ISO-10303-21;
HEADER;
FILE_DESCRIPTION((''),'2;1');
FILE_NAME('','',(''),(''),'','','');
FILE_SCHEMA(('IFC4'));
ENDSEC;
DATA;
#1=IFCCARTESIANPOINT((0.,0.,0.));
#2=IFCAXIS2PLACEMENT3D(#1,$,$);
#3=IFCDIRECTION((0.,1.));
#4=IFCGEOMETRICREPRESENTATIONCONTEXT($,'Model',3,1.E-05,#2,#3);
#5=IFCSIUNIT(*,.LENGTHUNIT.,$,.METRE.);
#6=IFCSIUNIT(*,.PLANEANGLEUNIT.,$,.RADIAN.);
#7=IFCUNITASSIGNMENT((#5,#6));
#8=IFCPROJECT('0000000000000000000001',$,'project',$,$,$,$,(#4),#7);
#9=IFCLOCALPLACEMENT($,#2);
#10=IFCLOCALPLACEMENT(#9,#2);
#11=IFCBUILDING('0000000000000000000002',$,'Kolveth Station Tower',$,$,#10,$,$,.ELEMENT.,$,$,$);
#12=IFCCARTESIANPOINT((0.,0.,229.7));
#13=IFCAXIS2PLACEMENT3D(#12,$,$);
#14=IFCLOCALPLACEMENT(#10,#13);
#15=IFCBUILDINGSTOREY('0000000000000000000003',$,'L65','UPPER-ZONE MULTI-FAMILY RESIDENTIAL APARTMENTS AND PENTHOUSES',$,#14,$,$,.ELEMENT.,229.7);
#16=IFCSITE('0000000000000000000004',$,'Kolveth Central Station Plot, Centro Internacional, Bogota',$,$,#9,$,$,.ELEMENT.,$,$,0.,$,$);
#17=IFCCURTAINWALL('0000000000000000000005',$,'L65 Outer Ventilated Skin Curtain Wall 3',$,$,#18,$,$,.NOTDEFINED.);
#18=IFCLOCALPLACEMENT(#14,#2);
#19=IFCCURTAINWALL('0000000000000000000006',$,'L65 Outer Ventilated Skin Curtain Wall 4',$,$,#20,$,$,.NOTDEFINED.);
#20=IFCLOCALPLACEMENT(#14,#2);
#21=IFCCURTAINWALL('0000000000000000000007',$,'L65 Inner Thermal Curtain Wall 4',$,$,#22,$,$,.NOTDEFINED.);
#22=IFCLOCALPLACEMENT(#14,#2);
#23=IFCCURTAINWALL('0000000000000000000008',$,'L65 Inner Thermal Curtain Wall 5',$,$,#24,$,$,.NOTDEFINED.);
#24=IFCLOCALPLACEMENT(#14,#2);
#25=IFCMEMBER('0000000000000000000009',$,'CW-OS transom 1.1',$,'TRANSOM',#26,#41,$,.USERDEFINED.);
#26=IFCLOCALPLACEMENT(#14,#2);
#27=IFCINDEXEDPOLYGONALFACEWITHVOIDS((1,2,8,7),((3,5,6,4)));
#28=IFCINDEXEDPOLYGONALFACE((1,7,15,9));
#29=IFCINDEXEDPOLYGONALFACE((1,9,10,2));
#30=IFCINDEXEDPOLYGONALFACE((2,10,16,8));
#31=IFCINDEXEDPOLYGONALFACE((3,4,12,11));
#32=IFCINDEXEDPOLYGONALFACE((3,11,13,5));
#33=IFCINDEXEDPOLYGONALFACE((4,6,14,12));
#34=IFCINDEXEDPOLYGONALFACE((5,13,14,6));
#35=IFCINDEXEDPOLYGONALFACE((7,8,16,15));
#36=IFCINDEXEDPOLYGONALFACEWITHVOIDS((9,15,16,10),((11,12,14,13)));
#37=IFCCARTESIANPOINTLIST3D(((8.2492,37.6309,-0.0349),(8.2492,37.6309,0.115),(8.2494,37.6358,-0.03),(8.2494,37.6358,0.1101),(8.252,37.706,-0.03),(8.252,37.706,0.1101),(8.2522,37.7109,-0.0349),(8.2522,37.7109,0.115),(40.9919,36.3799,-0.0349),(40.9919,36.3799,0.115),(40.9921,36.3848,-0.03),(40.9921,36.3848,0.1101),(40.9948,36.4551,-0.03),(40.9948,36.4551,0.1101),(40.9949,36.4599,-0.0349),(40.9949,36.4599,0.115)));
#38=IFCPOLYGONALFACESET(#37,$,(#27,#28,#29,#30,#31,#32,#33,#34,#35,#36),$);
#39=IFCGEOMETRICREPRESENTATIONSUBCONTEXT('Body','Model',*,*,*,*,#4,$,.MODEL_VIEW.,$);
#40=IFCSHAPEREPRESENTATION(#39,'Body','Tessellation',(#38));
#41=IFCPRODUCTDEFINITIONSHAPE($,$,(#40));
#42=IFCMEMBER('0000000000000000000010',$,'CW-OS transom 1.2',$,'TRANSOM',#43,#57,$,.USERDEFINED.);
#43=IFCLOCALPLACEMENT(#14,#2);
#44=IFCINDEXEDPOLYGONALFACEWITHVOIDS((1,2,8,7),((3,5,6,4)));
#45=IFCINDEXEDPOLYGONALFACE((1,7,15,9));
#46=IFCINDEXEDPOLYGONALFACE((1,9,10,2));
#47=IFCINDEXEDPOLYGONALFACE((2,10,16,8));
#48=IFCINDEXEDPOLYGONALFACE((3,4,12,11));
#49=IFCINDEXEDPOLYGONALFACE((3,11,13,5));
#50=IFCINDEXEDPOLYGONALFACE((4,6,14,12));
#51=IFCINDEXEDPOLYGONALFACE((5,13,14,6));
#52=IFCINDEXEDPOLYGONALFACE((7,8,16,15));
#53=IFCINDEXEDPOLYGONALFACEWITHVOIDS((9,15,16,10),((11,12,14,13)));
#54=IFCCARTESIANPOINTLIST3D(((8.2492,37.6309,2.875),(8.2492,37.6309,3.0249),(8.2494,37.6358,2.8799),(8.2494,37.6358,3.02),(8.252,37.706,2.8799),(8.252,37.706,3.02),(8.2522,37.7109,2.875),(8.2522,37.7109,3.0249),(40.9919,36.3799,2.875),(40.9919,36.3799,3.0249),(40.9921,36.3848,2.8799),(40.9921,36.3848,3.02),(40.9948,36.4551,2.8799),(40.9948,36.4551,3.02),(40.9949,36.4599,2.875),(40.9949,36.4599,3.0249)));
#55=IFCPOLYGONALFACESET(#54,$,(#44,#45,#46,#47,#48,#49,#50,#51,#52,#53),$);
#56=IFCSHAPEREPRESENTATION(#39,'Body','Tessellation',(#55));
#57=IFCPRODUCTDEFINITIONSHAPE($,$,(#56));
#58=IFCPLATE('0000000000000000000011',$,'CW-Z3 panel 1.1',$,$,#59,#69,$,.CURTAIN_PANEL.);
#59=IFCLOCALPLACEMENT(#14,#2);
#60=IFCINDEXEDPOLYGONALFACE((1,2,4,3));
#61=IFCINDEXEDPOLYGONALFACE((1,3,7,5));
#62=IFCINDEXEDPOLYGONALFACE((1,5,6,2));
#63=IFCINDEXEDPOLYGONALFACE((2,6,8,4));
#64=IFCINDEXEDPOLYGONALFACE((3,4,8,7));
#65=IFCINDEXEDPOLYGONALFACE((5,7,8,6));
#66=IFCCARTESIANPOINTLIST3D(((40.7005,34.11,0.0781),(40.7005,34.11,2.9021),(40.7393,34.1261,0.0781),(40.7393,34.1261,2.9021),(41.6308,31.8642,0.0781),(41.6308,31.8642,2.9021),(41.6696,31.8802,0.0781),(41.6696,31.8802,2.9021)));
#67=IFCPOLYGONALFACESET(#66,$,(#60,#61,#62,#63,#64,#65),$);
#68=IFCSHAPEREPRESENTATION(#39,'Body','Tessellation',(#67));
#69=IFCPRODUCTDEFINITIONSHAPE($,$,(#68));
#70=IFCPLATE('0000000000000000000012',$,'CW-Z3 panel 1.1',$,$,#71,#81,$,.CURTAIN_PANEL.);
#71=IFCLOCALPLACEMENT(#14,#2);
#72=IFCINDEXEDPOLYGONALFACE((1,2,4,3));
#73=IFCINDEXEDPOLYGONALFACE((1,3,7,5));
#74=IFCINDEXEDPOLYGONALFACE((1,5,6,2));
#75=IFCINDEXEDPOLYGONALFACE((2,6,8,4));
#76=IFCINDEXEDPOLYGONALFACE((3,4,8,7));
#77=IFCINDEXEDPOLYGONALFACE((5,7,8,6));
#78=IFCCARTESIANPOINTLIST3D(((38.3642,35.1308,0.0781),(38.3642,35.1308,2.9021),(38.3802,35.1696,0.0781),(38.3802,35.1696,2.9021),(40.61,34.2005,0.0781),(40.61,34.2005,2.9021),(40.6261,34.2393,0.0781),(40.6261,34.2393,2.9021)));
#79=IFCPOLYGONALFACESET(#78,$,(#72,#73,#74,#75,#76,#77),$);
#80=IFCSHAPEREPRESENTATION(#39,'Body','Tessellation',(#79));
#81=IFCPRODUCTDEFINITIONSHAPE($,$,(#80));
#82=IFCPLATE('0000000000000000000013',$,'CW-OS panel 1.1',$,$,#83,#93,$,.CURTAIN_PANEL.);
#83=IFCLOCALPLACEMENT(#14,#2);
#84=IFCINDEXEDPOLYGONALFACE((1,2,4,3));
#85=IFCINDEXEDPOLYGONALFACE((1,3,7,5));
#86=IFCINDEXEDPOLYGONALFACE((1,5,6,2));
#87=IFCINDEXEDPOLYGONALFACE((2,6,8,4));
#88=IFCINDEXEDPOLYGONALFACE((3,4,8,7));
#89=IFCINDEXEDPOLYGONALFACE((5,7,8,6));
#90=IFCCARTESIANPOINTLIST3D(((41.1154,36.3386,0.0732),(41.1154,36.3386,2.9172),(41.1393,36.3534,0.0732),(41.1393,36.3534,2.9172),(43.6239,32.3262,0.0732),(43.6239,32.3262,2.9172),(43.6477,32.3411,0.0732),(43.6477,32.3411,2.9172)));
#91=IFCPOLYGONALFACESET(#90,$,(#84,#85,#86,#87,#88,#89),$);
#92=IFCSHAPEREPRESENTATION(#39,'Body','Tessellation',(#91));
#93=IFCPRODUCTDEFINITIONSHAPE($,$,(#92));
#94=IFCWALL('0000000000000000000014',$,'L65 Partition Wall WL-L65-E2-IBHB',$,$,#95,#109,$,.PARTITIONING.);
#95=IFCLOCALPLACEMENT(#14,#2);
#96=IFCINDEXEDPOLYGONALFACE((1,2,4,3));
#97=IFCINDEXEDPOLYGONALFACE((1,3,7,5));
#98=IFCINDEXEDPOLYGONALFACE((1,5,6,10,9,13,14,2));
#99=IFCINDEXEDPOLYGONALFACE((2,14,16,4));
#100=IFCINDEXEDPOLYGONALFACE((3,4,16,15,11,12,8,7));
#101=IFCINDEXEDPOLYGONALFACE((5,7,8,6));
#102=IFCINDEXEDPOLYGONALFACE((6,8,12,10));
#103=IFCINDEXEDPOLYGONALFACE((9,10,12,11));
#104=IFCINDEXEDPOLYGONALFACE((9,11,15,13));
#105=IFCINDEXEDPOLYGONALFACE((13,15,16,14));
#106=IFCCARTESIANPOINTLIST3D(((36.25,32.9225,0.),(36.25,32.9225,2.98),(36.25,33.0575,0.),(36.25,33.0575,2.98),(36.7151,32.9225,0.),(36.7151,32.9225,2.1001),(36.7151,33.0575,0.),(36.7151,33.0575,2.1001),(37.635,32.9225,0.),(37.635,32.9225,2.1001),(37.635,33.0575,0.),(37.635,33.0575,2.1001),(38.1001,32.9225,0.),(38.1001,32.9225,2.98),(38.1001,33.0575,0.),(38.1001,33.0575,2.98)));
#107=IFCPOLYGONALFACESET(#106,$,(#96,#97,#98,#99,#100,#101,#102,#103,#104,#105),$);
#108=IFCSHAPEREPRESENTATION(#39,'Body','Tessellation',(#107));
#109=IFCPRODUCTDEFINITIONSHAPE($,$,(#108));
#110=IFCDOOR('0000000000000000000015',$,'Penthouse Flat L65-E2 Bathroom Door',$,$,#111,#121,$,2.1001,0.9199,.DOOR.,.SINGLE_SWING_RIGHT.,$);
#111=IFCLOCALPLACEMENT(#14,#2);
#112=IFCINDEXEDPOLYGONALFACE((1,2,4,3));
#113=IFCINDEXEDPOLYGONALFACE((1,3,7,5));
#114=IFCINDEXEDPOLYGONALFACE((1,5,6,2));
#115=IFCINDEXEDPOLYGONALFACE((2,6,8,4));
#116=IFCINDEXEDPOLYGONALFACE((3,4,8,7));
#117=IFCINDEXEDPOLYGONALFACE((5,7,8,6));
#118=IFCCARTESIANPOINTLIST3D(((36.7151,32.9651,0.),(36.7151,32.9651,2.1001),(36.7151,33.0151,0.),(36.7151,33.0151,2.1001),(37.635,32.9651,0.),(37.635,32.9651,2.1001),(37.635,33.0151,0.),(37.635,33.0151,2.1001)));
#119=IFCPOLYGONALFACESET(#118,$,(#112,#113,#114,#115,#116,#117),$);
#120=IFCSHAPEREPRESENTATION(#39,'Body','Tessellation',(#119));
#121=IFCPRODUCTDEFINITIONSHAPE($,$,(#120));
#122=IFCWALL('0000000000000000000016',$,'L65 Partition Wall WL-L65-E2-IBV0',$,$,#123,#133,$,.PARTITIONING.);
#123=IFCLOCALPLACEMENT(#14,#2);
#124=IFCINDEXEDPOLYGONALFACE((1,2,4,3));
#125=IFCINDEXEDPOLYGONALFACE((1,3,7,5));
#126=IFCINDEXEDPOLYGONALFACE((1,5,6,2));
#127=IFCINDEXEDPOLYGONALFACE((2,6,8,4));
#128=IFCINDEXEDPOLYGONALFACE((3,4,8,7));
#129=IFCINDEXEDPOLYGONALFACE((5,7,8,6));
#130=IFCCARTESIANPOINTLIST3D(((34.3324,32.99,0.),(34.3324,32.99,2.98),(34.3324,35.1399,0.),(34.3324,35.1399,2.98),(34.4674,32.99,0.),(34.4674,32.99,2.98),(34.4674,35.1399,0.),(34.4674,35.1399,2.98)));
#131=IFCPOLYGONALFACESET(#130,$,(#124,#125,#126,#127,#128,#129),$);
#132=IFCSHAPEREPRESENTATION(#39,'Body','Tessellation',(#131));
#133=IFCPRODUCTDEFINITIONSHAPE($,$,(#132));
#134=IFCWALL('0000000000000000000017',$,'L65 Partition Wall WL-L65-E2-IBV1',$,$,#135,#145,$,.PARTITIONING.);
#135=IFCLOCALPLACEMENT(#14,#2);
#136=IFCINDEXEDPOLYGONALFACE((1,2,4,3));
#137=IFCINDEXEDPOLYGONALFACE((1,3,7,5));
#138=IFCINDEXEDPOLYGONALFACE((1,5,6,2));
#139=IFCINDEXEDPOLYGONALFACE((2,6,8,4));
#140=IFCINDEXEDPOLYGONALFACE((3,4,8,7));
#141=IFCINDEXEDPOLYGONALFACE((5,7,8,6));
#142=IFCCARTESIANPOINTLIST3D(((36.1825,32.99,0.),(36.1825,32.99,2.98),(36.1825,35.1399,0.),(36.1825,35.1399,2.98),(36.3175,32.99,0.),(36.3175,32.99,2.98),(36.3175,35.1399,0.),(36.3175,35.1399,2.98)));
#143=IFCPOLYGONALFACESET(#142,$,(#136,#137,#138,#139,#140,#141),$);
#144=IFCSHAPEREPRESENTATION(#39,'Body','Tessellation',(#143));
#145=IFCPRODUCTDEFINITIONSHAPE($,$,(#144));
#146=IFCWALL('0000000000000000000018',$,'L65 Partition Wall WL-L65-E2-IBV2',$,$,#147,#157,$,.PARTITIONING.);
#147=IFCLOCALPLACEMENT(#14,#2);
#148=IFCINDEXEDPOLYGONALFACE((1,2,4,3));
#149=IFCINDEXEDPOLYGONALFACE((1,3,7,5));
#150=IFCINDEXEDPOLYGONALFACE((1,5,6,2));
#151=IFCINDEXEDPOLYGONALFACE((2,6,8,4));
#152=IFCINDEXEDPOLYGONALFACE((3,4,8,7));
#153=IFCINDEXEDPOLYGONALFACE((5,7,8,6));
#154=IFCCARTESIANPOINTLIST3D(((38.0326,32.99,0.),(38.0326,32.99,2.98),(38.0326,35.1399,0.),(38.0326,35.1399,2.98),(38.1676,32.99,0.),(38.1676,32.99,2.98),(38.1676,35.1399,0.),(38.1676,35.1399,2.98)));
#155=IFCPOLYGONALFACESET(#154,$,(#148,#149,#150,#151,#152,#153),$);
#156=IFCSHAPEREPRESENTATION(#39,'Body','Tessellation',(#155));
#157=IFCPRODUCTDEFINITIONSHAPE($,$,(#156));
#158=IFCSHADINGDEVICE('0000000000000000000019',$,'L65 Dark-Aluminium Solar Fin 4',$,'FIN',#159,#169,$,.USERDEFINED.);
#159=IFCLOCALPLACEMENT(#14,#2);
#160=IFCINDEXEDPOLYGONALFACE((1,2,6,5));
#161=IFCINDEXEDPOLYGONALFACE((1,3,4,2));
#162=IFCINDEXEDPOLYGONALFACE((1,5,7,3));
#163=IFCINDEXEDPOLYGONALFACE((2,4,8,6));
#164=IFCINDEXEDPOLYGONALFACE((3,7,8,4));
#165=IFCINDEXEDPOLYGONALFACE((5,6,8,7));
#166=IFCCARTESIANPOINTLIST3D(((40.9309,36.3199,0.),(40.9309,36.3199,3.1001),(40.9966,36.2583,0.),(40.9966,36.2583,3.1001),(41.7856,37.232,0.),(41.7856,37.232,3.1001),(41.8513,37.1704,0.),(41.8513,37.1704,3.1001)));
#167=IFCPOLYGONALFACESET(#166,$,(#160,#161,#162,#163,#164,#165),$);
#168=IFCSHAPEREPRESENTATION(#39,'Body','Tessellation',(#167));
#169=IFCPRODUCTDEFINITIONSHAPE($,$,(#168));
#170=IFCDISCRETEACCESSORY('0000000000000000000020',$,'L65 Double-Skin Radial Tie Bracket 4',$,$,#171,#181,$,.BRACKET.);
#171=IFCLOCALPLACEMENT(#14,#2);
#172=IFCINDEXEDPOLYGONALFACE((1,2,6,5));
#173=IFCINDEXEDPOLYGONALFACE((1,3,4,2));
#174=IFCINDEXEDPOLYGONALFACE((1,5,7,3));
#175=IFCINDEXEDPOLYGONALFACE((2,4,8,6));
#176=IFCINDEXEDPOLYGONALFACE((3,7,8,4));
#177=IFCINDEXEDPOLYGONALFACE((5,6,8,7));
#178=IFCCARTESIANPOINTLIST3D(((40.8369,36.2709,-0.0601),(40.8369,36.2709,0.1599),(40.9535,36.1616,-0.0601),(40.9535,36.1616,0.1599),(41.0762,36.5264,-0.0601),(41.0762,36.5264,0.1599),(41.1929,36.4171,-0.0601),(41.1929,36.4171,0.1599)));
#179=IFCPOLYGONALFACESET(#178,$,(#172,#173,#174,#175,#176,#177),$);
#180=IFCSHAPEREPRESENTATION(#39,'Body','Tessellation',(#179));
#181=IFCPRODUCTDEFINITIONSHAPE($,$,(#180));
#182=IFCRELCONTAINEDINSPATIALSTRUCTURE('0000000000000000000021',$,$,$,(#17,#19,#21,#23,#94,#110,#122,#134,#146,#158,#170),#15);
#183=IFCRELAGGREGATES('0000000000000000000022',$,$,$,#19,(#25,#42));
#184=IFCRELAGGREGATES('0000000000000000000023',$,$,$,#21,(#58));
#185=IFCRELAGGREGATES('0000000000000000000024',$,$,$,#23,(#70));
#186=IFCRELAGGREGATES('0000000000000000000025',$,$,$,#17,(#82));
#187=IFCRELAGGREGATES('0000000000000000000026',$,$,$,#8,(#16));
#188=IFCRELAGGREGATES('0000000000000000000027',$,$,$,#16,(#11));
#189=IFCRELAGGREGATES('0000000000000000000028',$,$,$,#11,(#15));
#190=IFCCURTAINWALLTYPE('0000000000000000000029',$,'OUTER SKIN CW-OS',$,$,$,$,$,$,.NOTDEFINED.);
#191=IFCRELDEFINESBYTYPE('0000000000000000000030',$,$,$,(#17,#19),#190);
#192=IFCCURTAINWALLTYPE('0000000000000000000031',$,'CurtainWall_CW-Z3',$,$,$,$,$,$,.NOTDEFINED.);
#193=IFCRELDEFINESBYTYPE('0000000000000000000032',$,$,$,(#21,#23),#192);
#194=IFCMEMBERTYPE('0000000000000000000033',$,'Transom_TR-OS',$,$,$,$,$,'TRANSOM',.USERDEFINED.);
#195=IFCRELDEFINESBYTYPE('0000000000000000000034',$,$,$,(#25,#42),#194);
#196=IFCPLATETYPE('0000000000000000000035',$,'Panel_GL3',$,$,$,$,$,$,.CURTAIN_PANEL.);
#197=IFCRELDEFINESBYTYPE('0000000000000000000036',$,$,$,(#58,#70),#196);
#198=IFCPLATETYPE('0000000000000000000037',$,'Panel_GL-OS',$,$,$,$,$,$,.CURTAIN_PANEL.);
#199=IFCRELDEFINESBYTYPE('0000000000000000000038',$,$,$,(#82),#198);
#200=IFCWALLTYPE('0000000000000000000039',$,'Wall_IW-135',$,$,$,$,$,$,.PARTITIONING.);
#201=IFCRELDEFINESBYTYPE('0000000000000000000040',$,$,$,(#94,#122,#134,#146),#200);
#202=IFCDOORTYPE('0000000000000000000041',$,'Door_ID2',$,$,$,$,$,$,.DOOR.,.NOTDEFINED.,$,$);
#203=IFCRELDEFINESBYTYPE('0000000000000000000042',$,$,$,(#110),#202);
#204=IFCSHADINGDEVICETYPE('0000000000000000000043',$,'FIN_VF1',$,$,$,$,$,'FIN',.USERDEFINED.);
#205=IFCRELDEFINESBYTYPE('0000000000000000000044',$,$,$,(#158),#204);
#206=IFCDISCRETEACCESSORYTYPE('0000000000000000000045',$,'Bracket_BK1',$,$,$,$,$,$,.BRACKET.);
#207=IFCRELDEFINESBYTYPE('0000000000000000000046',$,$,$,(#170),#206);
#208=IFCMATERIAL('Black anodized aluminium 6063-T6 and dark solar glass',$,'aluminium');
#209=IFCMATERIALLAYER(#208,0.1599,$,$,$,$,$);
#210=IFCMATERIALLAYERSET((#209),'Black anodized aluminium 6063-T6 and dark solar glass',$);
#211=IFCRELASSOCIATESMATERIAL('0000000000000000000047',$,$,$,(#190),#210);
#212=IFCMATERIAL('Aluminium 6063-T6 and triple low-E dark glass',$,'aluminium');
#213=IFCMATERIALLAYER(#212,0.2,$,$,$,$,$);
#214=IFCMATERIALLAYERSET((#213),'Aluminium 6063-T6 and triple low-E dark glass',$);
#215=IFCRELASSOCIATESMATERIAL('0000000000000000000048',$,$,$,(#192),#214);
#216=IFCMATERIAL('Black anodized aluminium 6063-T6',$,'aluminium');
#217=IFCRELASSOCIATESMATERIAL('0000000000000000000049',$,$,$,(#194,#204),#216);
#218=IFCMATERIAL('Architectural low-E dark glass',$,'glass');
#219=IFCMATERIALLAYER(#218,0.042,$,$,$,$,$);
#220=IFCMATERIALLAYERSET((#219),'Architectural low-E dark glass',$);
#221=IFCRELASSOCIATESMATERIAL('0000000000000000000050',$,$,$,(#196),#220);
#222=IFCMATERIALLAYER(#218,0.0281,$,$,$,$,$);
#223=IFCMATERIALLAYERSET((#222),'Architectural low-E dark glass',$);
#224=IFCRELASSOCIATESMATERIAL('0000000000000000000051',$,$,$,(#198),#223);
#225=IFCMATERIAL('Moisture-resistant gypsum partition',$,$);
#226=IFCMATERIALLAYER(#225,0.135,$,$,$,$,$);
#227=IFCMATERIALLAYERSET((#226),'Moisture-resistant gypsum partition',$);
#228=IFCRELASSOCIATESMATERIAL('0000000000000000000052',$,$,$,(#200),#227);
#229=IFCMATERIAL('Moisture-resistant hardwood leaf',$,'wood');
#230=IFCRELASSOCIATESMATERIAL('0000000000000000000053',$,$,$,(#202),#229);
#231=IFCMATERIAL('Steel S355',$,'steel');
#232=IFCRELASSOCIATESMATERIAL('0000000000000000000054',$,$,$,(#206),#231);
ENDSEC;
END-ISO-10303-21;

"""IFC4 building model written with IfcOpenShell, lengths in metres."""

from ifc_helpers import new_model, si_unit, direction, frame, frame_2d, origin, origin_2d, place, context, subcontext, project, spatial, rectangle, hollow_rectangle, extrude, source, transform, mapped, material, layer, layer_set, material_profile, profile_set, type_object, element, fill, aggregate, save


model = new_model("IFC4")

# Units and contexts
model_context = context("Model", 3, precision=1e-05, world=origin(), true_north=direction((0.0, 1.0)))
body_context = subcontext(model_context, "Body", "Model", "MODEL_VIEW")
ifc_project = project(units=[si_unit("LENGTHUNIT", "METRE"), si_unit("PLANEANGLEUNIT", "RADIAN")], contexts=[model_context])

# Site, building, storey
site_placement = place(None, origin())
site = spatial("IfcSite", under=ifc_project, at=site_placement, Name="Kolveth Central Station Plot, Centro Internacional, Bogota", CompositionType="ELEMENT", RefElevation=0.0)
building_placement = place(site_placement, origin())
building = spatial("IfcBuilding", under=site, at=building_placement, Name="Kolveth Station Tower", CompositionType="ELEMENT")
storey_placement = place(building_placement, frame((0.0, 0.0, 229.7)))
storey = spatial("IfcBuildingStorey", under=building, at=storey_placement, Name="L65", Description="UPPER-ZONE MULTI-FAMILY RESIDENTIAL APARTMENTS AND PENTHOUSES", CompositionType="ELEMENT", Elevation=229.7)

# Curtain walls
ifc_material_1 = material(Name="Black anodized aluminium 6063-T6 and dark solar glass", Category="aluminium")
ifc_layer_1 = layer(ifc_material_1, 0.1599)
ifc_layer_set_1 = layer_set([ifc_layer_1], Name="Black anodized aluminium 6063-T6 and dark solar glass")
curtain_wall_type_1 = type_object("IfcCurtainWallType", Name="OUTER SKIN CW-OS", PredefinedType="NOTDEFINED", material=ifc_layer_set_1)
curtain_wall_1_placement = place(storey_placement, origin())
curtain_wall_1 = element("IfcCurtainWall", 1, at=curtain_wall_1_placement, inside=storey, type_object=curtain_wall_type_1, Name="L65 Outer Ventilated Skin Curtain Wall 3", PredefinedType="NOTDEFINED")
ifc_material_2 = material(Name="Black anodized aluminium 6063-T6", Category="aluminium")
curtain_wall_2_placement = place(storey_placement, origin())
curtain_wall_2 = element("IfcCurtainWall", 2, at=curtain_wall_2_placement, inside=storey, type_object=curtain_wall_type_1, Name="L65 Outer Ventilated Skin Curtain Wall 4", PredefinedType="NOTDEFINED")
ifc_material_3 = material(Name="Aluminium 6063-T6 and triple low-E dark glass", Category="aluminium")
ifc_layer_2 = layer(ifc_material_3, 0.2)
ifc_layer_set_2 = layer_set([ifc_layer_2], Name="Aluminium 6063-T6 and triple low-E dark glass")
curtain_wall_type_2 = type_object("IfcCurtainWallType", Name="CurtainWall_CW-Z3", PredefinedType="NOTDEFINED", material=ifc_layer_set_2)
curtain_wall_3_placement = place(storey_placement, origin())
curtain_wall_3 = element("IfcCurtainWall", 3, at=curtain_wall_3_placement, inside=storey, type_object=curtain_wall_type_2, Name="L65 Inner Thermal Curtain Wall 4", PredefinedType="NOTDEFINED")

# Curtain wall
curtain_wall_4_placement = place(storey_placement, origin())
curtain_wall_4 = element("IfcCurtainWall", 4, at=curtain_wall_4_placement, inside=storey, type_object=curtain_wall_type_2, Name="L65 Inner Thermal Curtain Wall 5", PredefinedType="NOTDEFINED")

# Members
ifc_material_profile_1 = material_profile(ifc_material_2, hollow_rectangle(XDim=0.0801, YDim=0.1499, WallThickness=0.0049, at=origin_2d()), Name="ALU-80x150x5")
ifc_profile_set_1 = profile_set([ifc_material_profile_1], Name="Black anodized aluminium 6063-T6")
member_type_1 = type_object("IfcMemberType", Name="Transom_TR-OS", ElementType="TRANSOM", PredefinedType="USERDEFINED", material=ifc_profile_set_1)
shared_shape_1 = source(origin(), body_context, "Body", "SweptSolid", [
    extrude(hollow_rectangle(XDim=0.0801, YDim=0.1499, WallThickness=0.0049, at=origin_2d()), origin(), (0.0, 0.0, 1.0), 32.7666),
])
member_1_placement = place(storey_placement, frame((40.9934, 36.4199, 0.04), z_axis=(-0.999271, 0.038178, 0.0), x_axis=(-0.038178, -0.999271, 0.0)))
member_1 = element("IfcMember", 5, at=member_1_placement, type_object=member_type_1, Name="CW-OS transom 1.1", ObjectType="TRANSOM", PredefinedType="USERDEFINED", context=body_context, shape_type="MappedRepresentation", body=[
    mapped(shared_shape_1, transform((0.0, 0.0, 0.0), x_axis=(1.0, 0.0, 0.0), y_axis=(0.0, 1.0, 0.0), z_axis=(0.0, 0.0, 1.0), scale=1.0)),
])
member_2_placement = place(storey_placement, frame((40.9934, 36.4199, 2.95), z_axis=(-0.999271, 0.038178, 0.0), x_axis=(-0.038178, -0.999271, 0.0)))
member_2 = element("IfcMember", 6, at=member_2_placement, type_object=member_type_1, Name="CW-OS transom 1.2", ObjectType="TRANSOM", PredefinedType="USERDEFINED", context=body_context, shape_type="MappedRepresentation", body=[
    mapped(shared_shape_1, transform((0.0, 0.0, 0.0), x_axis=(1.0, 0.0, 0.0), y_axis=(0.0, 1.0, 0.0), z_axis=(0.0, 0.0, 1.0), scale=1.0)),
])
aggregate(curtain_wall_2, [member_1, member_2])

# Plates
ifc_material_4 = material(Name="Architectural low-E dark glass", Category="glass")
ifc_layer_3 = layer(ifc_material_4, 0.042)
ifc_layer_set_3 = layer_set([ifc_layer_3], Name="Architectural low-E dark glass")
plate_type_1 = type_object("IfcPlateType", Name="Panel_GL3", PredefinedType="CURTAIN_PANEL", material=ifc_layer_set_3)
shared_shape_2 = source(origin(), body_context, "Body", "SweptSolid", [
    extrude(rectangle(XDim=2.4309, YDim=0.042, at=origin_2d()), origin(), (0.0, 0.0, 1.0), 2.824),
])
plate_1_placement = place(storey_placement, frame((41.1851, 32.9951, 0.0781), z_axis=(0.0, 0.0, 1.0), x_axis=(-0.382693, 0.923875, 0.0)))
plate_1 = element("IfcPlate", 7, at=plate_1_placement, type_object=plate_type_1, Name="CW-Z3 panel 1.1", PredefinedType="CURTAIN_PANEL", context=body_context, shape_type="MappedRepresentation", body=[
    mapped(shared_shape_2, transform((0.0, 0.0, 0.0), x_axis=(1.0, 0.0, 0.0), y_axis=(0.0, 1.0, 0.0), z_axis=(0.0, 0.0, 1.0), scale=1.0)),
])
aggregate(curtain_wall_3, [plate_1])
plate_2_placement = place(storey_placement, frame((39.4951, 34.6851, 0.0781), z_axis=(0.0, 0.0, 1.0), x_axis=(-0.923875, 0.382693, 0.0)))
plate_2 = element("IfcPlate", 8, at=plate_2_placement, type_object=plate_type_1, Name="CW-Z3 panel 1.1", PredefinedType="CURTAIN_PANEL", context=body_context, shape_type="MappedRepresentation", body=[
    mapped(shared_shape_2, transform((0.0, 0.0, 0.0), x_axis=(1.0, 0.0, 0.0), y_axis=(0.0, 1.0, 0.0), z_axis=(0.0, 0.0, 1.0), scale=1.0)),
])
aggregate(curtain_wall_4, [plate_2])
ifc_layer_4 = layer(ifc_material_4, 0.0281)
ifc_layer_set_4 = layer_set([ifc_layer_4], Name="Architectural low-E dark glass")
plate_type_2 = type_object("IfcPlateType", Name="Panel_GL-OS", PredefinedType="CURTAIN_PANEL", material=ifc_layer_set_4)
shared_shape_3 = source(origin(), body_context, "Body", "SweptSolid", [
    extrude(rectangle(XDim=4.7319, YDim=0.0281, at=origin_2d()), origin(), (0.0, 0.0, 1.0), 2.844),
])
plate_3_placement = place(storey_placement, frame((42.3816, 34.3398, 0.0732), z_axis=(0.0, 0.0, 1.0), x_axis=(-0.530118, 0.847924, 0.0)))
plate_3 = element("IfcPlate", 9, at=plate_3_placement, type_object=plate_type_2, Name="CW-OS panel 1.1", PredefinedType="CURTAIN_PANEL", context=body_context, shape_type="MappedRepresentation", body=[
    mapped(shared_shape_3, transform((0.0, 0.0, 0.0), x_axis=(1.0, 0.0, 0.0), y_axis=(0.0, 1.0, 0.0), z_axis=(0.0, 0.0, 1.0), scale=1.0)),
])
aggregate(curtain_wall_1, [plate_3])

# Wall, opening, door
ifc_material_5 = material(Name="Moisture-resistant gypsum partition")
ifc_layer_5 = layer(ifc_material_5, 0.135)
ifc_layer_set_5 = layer_set([ifc_layer_5], Name="Moisture-resistant gypsum partition")
wall_type = type_object("IfcWallType", Name="Wall_IW-135", PredefinedType="PARTITIONING", material=ifc_layer_set_5)
wall_placement = place(storey_placement, frame((36.25, 32.99, 0.0), z_axis=(0.0, 0.0, 1.0), x_axis=(1.0, 0.0, 0.0)))
wall = element("IfcWall", 10, at=wall_placement, inside=storey, type_object=wall_type, Name="L65 Partition Wall WL-L65-E2-IBHB", PredefinedType="PARTITIONING", context=body_context, shape_type="SweptSolid", body=[
    extrude(rectangle(XDim=1.8501, YDim=0.135, at=frame_2d((0.925, 0.0))), origin(), (0.0, 0.0, 1.0), 2.98),
])
opening_placement = place(wall_placement, frame((0.4651, 0.0, 0.0)))
opening = element("IfcOpeningElement", 11, at=opening_placement, cuts=wall, PredefinedType="OPENING", context=body_context, shape_type="SweptSolid", body=[
    extrude(rectangle(XDim=0.9199, YDim=2.1001, at=frame_2d((0.46, 1.05))), frame((0.0, 0.0774, 0.0), z_axis=(0.0, -1.0, 0.0), x_axis=(1.0, 0.0, 0.0)), (0.0, 0.0, 1.0), 0.155),
])
ifc_material_6 = material(Name="Moisture-resistant hardwood leaf", Category="wood")
door_type = type_object("IfcDoorType", Name="Door_ID2", OperationType="NOTDEFINED", PredefinedType="DOOR", material=ifc_material_6)
door_placement = place(opening_placement, frame((0.9199, 0.0, 0.0), z_axis=(0.0, 0.0, 1.0), x_axis=(-1.0, 0.0, 0.0)))
door = element("IfcDoor", 12, at=door_placement, inside=storey, type_object=door_type, Name="Penthouse Flat L65-E2 Bathroom Door", OperationType="SINGLE_SWING_RIGHT", OverallHeight=2.1001, OverallWidth=0.9199, PredefinedType="DOOR", context=body_context, shape_type="SweptSolid", body=[
    extrude(rectangle(XDim=0.9199, YDim=2.1001, at=frame_2d((0.46, 1.05))), frame((0.0, 0.0249, 0.0), z_axis=(0.0, -1.0, 0.0), x_axis=(1.0, 0.0, 0.0)), (0.0, 0.0, 1.0), 0.05),
])
fill(opening, door)

# Walls
for number, where, z_axis, x_axis, name in (
    (13, (34.3999, 32.99, 0.0), (0.0, 0.0, 1.0), (0.0, 1.0, 0.0), "L65 Partition Wall WL-L65-E2-IBV0"),
    (14, (36.25, 32.99, 0.0), (0.0, 0.0, 1.0), (0.0, 1.0, 0.0), "L65 Partition Wall WL-L65-E2-IBV1"),
    (15, (38.1001, 32.99, 0.0), (0.0, 0.0, 1.0), (0.0, 1.0, 0.0), "L65 Partition Wall WL-L65-E2-IBV2"),
):
    element("IfcWall", number, at=place(storey_placement, frame(where, z_axis=z_axis, x_axis=x_axis)), inside=storey, type_object=wall_type, Name=name, PredefinedType="PARTITIONING", context=body_context, shape_type="SweptSolid", body=[
        extrude(rectangle(XDim=2.1499, YDim=0.135, at=frame_2d((1.075, 0.0))), origin(), (0.0, 0.0, 1.0), 2.98),
    ])

# Shading device
shading_device_type = type_object("IfcShadingDeviceType", Name="FIN_VF1", ElementType="FIN", PredefinedType="USERDEFINED", material=ifc_material_2)
shared_shape_4 = source(origin(), body_context, "Body", "SweptSolid", [
    extrude(rectangle(XDim=1.25, YDim=0.0901, at=origin_2d()), origin(), (0.0, 0.0, 1.0), 3.1001),
])
shading_device_placement = place(storey_placement, frame((41.3911, 36.7451, 0.0), z_axis=(0.0, 0.0, 1.0), x_axis=(0.683783, 0.729685, 0.0)))
element("IfcShadingDevice", 16, at=shading_device_placement, inside=storey, type_object=shading_device_type, Name="L65 Dark-Aluminium Solar Fin 4", ObjectType="FIN", PredefinedType="USERDEFINED", context=body_context, shape_type="MappedRepresentation", body=[
    mapped(shared_shape_4, transform((0.0, 0.0, 0.0), x_axis=(1.0, 0.0, 0.0), y_axis=(0.0, 1.0, 0.0), z_axis=(0.0, 0.0, 1.0), scale=1.0)),
])

# Discrete accessory
ifc_material_7 = material(Name="Steel S355", Category="steel")
discrete_accessory_type = type_object("IfcDiscreteAccessoryType", Name="Bracket_BK1", PredefinedType="BRACKET", material=ifc_material_7)
shared_shape_5 = source(origin(), body_context, "Body", "SweptSolid", [
    extrude(rectangle(XDim=0.3501, YDim=0.1599, at=origin_2d()), origin(), (0.0, 0.0, 1.0), 0.22),
])
discrete_accessory_placement = place(storey_placement, frame((41.0149, 36.344, -0.0601), z_axis=(0.0, 0.0, 1.0), x_axis=(0.683783, 0.729685, 0.0)))
element("IfcDiscreteAccessory", 17, at=discrete_accessory_placement, inside=storey, type_object=discrete_accessory_type, Name="L65 Double-Skin Radial Tie Bracket 4", PredefinedType="BRACKET", context=body_context, shape_type="MappedRepresentation", body=[
    mapped(shared_shape_5, transform((0.0, 0.0, 0.0), x_axis=(1.0, 0.0, 0.0), y_axis=(0.0, 1.0, 0.0), z_axis=(0.0, 0.0, 1.0), scale=1.0)),
])

save(model, "model.ifc")
